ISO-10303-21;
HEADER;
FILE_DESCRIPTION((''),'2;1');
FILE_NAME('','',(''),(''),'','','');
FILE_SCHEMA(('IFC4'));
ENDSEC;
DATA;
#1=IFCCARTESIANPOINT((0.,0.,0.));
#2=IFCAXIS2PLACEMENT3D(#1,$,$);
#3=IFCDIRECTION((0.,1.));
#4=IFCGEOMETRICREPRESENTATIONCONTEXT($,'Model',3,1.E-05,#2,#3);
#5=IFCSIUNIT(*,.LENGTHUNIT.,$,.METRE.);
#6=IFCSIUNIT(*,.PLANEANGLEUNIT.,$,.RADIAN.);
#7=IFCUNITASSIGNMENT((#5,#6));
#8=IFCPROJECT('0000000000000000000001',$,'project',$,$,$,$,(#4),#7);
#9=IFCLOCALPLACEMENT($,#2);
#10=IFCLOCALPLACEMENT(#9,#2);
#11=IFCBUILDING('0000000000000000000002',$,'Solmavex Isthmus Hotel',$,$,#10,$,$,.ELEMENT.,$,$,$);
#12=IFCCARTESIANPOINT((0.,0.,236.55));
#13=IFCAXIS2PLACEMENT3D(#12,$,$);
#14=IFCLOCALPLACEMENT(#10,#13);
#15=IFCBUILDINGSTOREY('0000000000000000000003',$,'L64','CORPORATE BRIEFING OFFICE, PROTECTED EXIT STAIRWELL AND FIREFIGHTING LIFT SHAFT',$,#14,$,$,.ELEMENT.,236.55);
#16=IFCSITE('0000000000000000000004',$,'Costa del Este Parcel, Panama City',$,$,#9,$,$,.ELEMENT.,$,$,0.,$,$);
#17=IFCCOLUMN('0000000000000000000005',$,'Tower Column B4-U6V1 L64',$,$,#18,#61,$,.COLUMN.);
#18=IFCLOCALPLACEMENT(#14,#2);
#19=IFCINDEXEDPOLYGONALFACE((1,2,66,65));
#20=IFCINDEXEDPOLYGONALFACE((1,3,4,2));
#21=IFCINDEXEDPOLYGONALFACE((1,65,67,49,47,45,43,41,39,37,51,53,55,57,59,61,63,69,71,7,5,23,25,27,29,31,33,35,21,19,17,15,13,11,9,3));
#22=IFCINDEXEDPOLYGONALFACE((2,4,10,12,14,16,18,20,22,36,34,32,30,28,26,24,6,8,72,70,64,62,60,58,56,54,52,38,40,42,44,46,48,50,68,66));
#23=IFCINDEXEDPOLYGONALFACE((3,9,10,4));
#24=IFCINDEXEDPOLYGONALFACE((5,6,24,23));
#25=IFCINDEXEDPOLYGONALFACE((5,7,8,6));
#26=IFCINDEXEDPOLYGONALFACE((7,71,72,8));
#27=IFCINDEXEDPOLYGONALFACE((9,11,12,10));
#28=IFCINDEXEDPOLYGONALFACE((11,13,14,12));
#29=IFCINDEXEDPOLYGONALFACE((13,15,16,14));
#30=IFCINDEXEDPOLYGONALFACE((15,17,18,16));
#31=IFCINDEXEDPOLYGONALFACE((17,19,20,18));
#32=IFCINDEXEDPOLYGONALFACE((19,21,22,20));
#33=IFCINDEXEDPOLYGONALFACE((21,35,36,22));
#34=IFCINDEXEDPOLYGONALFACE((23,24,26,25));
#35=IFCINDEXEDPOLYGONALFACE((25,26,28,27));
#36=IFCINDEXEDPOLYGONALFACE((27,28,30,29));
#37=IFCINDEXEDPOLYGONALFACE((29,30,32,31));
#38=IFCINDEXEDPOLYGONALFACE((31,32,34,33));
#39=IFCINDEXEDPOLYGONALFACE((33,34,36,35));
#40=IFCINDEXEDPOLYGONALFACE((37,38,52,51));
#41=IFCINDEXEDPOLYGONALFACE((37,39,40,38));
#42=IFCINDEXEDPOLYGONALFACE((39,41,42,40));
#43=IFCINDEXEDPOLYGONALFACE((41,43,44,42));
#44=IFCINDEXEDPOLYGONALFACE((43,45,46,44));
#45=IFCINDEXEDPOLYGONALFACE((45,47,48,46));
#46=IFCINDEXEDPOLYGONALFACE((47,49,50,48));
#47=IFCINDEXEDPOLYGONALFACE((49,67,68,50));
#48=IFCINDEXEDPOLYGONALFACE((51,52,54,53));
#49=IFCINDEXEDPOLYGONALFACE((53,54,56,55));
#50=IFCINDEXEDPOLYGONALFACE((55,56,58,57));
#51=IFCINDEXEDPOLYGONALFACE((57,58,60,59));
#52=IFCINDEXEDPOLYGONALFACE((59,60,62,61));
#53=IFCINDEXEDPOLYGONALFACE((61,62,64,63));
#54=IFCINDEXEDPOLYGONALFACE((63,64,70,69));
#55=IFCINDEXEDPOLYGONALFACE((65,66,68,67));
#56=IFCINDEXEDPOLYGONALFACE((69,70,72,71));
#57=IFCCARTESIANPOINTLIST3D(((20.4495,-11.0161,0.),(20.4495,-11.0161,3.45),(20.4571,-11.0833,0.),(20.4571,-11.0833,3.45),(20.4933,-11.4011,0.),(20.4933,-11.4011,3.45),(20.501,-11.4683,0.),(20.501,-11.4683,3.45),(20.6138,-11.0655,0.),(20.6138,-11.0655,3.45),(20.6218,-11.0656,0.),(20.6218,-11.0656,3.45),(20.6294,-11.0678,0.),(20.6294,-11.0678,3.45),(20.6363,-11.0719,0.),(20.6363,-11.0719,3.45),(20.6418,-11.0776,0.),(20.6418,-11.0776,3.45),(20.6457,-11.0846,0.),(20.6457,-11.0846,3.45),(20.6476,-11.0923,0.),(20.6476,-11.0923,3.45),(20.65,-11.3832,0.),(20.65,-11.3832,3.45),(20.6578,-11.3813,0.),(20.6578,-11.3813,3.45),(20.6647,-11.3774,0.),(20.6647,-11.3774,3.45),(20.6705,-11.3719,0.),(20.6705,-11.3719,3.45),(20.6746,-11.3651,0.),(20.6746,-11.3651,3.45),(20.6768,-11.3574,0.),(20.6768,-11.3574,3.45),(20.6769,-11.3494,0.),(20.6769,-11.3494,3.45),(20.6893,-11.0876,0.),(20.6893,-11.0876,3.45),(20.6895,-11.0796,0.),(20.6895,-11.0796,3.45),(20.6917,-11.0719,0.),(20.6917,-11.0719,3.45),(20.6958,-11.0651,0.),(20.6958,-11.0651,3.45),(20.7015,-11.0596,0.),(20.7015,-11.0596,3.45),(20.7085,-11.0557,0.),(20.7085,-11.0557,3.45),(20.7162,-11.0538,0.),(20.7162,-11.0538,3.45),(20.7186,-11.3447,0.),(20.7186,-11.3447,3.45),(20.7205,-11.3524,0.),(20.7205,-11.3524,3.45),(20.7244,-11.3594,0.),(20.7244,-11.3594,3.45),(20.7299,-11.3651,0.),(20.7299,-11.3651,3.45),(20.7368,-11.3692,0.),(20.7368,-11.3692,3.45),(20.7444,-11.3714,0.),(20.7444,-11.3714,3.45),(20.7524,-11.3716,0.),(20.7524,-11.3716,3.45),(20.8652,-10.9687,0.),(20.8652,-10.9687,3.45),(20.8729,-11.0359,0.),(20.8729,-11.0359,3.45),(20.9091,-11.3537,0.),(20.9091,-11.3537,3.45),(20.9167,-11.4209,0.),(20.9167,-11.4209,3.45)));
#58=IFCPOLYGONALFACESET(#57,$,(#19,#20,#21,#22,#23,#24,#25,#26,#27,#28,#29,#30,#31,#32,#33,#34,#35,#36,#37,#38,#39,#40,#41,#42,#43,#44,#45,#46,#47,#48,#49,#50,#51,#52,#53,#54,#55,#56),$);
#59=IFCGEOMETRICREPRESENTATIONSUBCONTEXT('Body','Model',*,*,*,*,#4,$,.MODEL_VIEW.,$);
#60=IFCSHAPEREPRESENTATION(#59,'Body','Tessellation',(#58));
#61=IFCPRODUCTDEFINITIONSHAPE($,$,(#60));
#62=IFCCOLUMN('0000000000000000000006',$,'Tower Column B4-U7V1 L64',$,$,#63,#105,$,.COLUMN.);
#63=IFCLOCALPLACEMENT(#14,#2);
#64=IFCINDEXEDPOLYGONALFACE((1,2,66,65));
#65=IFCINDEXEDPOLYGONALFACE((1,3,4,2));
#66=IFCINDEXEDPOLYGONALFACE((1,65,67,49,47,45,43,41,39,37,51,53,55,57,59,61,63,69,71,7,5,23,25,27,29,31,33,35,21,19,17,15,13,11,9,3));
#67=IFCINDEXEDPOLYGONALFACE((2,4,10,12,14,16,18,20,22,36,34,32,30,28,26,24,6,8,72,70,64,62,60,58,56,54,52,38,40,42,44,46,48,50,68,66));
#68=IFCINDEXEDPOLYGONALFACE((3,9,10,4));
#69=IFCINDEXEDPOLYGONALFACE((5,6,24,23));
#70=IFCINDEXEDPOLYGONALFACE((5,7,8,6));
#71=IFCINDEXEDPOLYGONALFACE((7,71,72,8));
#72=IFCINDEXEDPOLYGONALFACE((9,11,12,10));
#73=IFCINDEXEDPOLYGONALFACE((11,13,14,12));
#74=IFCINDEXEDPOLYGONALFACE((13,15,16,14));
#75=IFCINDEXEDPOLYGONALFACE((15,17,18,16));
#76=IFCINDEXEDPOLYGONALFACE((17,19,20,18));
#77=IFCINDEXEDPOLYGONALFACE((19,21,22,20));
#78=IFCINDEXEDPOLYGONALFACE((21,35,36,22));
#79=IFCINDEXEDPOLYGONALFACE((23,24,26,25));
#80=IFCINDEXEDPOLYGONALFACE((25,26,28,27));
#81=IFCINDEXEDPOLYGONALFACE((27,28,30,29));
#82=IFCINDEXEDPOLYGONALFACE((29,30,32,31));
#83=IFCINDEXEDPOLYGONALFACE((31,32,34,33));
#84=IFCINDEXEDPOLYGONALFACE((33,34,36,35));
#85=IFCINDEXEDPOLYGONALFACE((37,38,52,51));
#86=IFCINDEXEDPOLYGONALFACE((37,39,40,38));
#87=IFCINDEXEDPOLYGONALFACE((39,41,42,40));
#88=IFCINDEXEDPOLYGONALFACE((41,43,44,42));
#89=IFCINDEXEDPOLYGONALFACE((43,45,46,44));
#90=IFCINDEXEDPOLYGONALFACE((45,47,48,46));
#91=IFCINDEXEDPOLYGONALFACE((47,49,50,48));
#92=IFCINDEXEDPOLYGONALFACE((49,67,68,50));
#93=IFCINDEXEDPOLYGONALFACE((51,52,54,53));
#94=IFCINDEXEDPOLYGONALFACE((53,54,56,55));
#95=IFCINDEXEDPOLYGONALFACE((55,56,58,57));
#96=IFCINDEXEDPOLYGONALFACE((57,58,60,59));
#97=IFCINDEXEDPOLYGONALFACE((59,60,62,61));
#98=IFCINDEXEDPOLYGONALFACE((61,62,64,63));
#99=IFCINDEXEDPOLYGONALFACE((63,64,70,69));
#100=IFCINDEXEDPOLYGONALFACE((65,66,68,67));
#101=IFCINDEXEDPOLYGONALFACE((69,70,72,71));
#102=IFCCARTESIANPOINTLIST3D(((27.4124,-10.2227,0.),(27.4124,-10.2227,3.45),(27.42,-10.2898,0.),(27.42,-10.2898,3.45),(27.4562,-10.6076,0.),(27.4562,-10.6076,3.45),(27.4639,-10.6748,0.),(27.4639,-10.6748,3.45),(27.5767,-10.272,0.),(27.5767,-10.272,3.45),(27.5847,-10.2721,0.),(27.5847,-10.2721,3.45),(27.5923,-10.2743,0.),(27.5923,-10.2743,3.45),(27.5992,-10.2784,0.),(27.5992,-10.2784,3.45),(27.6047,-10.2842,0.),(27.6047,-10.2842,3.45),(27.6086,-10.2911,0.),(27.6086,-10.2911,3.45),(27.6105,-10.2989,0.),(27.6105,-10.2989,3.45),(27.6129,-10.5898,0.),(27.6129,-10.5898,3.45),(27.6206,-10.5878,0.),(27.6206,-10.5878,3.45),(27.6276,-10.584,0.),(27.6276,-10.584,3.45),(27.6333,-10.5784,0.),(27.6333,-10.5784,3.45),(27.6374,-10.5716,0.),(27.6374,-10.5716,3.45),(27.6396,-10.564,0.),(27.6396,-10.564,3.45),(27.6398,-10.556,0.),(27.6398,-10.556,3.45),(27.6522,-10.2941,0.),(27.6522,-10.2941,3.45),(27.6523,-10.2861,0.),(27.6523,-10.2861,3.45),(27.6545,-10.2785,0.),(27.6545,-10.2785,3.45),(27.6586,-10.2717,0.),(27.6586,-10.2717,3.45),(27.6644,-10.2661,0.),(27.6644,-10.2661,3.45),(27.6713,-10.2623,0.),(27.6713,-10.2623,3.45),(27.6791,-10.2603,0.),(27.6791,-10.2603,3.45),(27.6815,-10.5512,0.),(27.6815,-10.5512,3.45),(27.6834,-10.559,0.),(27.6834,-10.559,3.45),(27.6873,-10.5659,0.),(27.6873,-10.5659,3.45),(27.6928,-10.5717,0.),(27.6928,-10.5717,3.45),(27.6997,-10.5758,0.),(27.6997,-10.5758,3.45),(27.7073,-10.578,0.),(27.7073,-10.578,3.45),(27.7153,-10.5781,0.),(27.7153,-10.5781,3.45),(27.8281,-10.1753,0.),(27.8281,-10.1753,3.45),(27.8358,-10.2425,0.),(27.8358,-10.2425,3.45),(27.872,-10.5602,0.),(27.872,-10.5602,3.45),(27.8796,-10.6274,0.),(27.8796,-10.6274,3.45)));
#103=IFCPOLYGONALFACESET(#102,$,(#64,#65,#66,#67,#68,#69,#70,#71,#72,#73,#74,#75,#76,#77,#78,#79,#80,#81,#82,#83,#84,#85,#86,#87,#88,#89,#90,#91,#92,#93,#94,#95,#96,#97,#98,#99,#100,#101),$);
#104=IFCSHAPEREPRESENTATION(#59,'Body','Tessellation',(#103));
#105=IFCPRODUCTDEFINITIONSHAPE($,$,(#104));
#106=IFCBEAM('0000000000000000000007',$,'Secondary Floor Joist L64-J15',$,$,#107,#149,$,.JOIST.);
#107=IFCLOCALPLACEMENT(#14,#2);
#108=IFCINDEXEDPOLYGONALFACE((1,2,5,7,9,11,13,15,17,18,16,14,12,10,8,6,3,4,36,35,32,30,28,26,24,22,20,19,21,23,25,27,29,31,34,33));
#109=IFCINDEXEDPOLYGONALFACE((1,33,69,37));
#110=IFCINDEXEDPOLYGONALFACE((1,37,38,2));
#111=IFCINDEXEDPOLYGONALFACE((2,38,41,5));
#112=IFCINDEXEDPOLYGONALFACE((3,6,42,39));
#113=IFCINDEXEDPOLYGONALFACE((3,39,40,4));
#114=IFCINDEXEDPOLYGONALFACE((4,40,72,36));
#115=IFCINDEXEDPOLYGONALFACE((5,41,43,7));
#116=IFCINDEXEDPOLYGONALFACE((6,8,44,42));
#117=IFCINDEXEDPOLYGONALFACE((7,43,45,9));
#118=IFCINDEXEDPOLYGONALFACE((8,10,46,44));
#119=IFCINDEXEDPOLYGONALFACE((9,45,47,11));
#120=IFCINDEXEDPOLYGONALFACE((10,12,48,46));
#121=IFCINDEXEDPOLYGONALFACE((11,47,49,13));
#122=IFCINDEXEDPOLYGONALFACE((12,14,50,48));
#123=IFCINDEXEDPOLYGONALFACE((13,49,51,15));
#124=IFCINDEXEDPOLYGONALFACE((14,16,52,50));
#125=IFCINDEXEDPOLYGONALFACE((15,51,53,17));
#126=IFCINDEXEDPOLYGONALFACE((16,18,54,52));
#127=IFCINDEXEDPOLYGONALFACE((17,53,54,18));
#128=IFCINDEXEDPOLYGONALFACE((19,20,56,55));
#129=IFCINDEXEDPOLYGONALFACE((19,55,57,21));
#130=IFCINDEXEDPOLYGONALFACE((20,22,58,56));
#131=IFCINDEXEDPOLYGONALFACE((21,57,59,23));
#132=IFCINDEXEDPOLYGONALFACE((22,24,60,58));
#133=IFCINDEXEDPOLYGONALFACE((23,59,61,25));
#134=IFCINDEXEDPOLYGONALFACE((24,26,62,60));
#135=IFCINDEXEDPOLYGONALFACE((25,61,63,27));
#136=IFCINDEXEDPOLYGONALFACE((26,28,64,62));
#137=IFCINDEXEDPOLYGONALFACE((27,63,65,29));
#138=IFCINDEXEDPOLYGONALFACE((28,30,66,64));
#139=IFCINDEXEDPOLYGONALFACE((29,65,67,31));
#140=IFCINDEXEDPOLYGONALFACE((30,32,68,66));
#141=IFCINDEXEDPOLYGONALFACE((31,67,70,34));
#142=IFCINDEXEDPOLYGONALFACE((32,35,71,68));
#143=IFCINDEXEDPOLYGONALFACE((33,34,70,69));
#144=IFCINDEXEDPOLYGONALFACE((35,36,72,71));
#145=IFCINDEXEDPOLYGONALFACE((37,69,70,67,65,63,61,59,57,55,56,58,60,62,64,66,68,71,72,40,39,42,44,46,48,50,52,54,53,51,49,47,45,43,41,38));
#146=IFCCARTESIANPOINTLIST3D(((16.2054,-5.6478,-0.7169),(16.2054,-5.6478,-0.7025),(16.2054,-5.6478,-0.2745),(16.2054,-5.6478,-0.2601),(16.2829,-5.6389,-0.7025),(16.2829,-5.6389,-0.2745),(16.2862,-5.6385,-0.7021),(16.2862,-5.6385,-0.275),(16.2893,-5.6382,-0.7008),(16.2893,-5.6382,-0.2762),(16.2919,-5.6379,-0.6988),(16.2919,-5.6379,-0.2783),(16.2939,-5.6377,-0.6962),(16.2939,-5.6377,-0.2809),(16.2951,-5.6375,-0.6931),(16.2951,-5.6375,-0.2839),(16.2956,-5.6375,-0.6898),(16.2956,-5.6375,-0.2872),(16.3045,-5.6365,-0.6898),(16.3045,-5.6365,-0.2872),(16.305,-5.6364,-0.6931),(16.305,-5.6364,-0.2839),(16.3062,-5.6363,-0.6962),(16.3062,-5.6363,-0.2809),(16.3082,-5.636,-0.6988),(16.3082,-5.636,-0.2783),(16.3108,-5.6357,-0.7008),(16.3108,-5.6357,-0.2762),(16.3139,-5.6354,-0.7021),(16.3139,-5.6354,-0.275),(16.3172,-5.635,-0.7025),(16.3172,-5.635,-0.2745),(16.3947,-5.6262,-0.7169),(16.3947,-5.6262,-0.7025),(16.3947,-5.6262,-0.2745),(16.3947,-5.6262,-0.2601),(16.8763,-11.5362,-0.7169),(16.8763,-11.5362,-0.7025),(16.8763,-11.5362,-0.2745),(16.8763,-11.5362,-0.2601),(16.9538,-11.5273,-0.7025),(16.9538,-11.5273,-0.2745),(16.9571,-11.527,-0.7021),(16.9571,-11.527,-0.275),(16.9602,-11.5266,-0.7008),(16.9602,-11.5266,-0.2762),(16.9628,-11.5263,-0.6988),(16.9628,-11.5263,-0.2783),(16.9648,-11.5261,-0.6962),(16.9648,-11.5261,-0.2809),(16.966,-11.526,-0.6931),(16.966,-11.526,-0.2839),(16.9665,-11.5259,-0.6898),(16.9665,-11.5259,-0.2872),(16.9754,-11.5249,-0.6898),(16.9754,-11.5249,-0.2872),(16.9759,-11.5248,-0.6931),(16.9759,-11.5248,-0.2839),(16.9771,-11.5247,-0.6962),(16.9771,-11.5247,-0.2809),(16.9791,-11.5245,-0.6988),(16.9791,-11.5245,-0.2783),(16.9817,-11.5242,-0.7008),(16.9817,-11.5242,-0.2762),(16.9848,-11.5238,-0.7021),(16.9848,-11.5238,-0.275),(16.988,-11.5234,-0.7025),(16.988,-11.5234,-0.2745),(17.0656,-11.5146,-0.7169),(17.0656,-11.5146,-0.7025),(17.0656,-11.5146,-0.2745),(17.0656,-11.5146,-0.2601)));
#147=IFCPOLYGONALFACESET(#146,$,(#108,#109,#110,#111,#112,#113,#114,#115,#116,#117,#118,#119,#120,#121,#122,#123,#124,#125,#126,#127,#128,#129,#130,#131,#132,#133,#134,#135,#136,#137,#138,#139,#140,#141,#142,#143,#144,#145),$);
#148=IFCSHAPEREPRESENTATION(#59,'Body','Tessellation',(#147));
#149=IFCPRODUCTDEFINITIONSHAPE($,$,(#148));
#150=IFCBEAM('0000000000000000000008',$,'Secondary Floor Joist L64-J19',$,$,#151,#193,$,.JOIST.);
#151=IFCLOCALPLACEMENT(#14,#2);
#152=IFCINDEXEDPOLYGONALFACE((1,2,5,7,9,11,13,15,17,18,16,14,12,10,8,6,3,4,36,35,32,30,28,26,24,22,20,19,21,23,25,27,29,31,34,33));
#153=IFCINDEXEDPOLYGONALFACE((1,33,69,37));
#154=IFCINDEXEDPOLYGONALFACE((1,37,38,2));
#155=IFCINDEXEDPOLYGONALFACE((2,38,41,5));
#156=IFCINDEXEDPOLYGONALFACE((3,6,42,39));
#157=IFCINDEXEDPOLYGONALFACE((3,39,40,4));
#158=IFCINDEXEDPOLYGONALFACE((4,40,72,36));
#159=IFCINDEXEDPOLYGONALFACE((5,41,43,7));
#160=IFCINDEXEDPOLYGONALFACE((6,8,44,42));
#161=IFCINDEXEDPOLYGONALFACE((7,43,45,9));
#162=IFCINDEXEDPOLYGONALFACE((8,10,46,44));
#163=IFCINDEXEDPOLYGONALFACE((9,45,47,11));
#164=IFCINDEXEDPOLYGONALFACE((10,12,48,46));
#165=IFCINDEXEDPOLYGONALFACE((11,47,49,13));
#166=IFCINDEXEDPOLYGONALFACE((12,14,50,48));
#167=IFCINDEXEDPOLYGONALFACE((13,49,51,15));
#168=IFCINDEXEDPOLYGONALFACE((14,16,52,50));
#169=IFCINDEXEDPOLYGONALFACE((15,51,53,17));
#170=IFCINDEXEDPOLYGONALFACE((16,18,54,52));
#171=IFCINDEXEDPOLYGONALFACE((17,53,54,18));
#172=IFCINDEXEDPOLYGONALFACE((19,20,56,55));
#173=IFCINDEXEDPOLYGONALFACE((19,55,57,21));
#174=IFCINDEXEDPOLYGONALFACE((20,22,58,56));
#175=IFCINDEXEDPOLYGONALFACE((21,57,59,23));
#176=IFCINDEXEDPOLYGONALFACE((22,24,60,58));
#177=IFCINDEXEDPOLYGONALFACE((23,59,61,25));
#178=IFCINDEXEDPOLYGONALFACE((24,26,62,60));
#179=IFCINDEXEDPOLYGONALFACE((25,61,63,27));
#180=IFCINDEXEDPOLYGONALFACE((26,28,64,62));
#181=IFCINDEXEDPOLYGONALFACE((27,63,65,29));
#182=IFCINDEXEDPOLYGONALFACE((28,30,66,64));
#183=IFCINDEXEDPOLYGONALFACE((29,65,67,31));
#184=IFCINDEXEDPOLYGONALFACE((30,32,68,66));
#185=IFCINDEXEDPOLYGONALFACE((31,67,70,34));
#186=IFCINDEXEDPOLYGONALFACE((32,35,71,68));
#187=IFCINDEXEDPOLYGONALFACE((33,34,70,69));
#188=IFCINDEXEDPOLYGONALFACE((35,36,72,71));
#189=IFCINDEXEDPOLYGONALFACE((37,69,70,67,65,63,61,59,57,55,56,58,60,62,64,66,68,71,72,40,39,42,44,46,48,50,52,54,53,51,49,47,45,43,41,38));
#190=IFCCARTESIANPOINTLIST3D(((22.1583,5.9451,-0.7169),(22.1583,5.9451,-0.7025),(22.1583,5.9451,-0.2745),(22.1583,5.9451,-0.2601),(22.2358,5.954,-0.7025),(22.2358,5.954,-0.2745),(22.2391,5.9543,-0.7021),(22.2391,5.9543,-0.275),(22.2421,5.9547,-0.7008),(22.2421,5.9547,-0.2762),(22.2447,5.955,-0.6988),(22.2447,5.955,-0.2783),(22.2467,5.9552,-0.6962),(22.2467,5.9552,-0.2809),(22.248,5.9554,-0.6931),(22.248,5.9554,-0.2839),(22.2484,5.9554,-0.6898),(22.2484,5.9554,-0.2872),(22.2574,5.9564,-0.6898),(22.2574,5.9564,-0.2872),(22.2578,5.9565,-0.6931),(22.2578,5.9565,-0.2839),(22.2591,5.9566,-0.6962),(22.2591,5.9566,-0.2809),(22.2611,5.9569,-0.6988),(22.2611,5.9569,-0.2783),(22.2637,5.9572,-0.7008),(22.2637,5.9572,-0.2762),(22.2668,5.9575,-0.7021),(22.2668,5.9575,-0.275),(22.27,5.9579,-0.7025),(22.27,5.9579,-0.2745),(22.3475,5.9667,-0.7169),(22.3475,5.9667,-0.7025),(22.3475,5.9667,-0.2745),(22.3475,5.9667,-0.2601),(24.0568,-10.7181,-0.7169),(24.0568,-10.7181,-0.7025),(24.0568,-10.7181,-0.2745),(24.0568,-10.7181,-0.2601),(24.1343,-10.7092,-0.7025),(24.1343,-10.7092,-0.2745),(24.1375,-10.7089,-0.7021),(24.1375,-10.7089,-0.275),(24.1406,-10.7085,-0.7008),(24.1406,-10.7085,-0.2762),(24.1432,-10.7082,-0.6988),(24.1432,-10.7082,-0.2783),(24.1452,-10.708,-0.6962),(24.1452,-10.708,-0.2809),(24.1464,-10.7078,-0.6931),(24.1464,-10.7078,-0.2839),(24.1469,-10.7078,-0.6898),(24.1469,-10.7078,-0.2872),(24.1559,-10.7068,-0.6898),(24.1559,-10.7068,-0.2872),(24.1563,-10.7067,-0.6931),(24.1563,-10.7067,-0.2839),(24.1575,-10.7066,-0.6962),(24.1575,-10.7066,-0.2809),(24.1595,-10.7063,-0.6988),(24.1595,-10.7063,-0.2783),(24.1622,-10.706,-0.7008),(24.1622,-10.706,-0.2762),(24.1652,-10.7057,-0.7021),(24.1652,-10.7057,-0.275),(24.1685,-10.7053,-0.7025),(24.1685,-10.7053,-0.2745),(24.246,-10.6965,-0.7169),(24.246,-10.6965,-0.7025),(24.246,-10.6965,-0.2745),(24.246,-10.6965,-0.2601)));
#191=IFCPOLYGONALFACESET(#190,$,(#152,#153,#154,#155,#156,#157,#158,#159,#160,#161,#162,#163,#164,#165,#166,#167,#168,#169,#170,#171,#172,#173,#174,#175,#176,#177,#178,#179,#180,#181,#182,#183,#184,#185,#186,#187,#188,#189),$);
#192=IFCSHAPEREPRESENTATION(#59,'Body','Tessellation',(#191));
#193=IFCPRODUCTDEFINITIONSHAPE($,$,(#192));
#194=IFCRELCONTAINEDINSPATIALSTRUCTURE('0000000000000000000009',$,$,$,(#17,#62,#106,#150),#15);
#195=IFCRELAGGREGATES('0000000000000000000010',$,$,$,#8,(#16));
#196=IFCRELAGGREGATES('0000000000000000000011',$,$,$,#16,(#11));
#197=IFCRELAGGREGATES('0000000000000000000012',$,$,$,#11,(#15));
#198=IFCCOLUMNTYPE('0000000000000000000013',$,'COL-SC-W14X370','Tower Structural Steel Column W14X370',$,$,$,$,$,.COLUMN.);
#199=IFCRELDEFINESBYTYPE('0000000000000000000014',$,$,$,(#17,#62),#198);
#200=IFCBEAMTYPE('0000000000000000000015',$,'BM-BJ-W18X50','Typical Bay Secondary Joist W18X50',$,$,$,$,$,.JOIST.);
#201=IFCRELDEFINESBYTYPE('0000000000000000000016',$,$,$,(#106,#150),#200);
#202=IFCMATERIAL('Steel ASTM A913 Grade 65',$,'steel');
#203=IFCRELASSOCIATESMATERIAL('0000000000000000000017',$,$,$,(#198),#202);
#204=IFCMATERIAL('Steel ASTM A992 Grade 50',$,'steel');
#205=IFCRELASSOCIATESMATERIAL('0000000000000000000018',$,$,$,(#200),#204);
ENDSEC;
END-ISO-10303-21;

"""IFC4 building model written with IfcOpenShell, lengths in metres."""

from ifc_helpers import new_model, si_unit, direction, frame, origin, origin_2d, place, context, subcontext, project, spatial, i_section, extrude, material, material_profile, profile_set, type_object, element, save


model = new_model("IFC4")

# Units and contexts
model_context = context("Model", 3, precision=1e-05, world=origin(), true_north=direction((0.0, 1.0)))
body_context = subcontext(model_context, "Body", "Model", "MODEL_VIEW")
ifc_project = project(units=[si_unit("LENGTHUNIT", "METRE"), si_unit("PLANEANGLEUNIT", "RADIAN")], contexts=[model_context])

# Site, building, storey
site_placement = place(None, origin())
site = spatial("IfcSite", under=ifc_project, at=site_placement, Name="Costa del Este Parcel, Panama City", CompositionType="ELEMENT", RefElevation=0.0)
building_placement = place(site_placement, origin())
building = spatial("IfcBuilding", under=site, at=building_placement, Name="Solmavex Isthmus Hotel", CompositionType="ELEMENT")
storey_placement = place(building_placement, frame((0.0, 0.0, 236.55)))
storey = spatial("IfcBuildingStorey", under=building, at=storey_placement, Name="L64", Description="CORPORATE BRIEFING OFFICE, PROTECTED EXIT STAIRWELL AND FIREFIGHTING LIFT SHAFT", CompositionType="ELEMENT", Elevation=236.55)

# Columns
ifc_material_1 = material(Name="Steel ASTM A913 Grade 65", Category="steel")
ifc_material_profile_1 = material_profile(ifc_material_1, i_section(OverallWidth=0.4185, OverallDepth=0.4551, WebThickness=0.042, FlangeThickness=0.0676, FilletRadius=0.0305, at=origin_2d()), Name="W14X370")
ifc_profile_set_1 = profile_set([ifc_material_profile_1], Name="Steel ASTM A913 Grade 65")
column_type = type_object("IfcColumnType", Name="COL-SC-W14X370", Description="Tower Structural Steel Column W14X370", PredefinedType="COLUMN", material=ifc_profile_set_1)
for number, where, z_axis, x_axis, name in (
    (1, (20.6831, -11.2185, 0.0), (0.0, 0.0, 1.0), (0.993572, 0.113203, 0.0), "Tower Column B4-U6V1 L64"),
    (2, (27.646, -10.425, 0.0), (0.0, 0.0, 1.0), (0.993572, 0.113203, 0.0), "Tower Column B4-U7V1 L64"),
):
    element("IfcColumn", number, at=place(storey_placement, frame(where, z_axis=z_axis, x_axis=x_axis)), inside=storey, type_object=column_type, Name=name, PredefinedType="COLUMN", context=body_context, shape_type="SweptSolid", body=[
        extrude(i_section(OverallWidth=0.4185, OverallDepth=0.4551, WebThickness=0.042, FlangeThickness=0.0676, FilletRadius=0.0305, at=origin_2d()), origin(), (0.0, 0.0, 1.0), 3.45),
    ])

# Beams
ifc_material_2 = material(Name="Steel ASTM A992 Grade 50", Category="steel")
ifc_material_profile_2 = material_profile(ifc_material_2, i_section(OverallWidth=0.1904, OverallDepth=0.4568, WebThickness=0.009, FlangeThickness=0.0144, FilletRadius=0.0127, at=origin_2d()), Name="W18X50")
ifc_profile_set_2 = profile_set([ifc_material_profile_2], Name="Steel ASTM A992 Grade 50")
beam_type_1 = type_object("IfcBeamType", Name="BM-BJ-W18X50", Description="Typical Bay Secondary Joist W18X50", PredefinedType="JOIST", material=ifc_profile_set_2)
beam_1_placement = place(storey_placement, frame((16.9709, -11.5254, -0.4885), z_axis=(-0.113203, 0.993572, 0.0), x_axis=(-0.993572, -0.113203, 0.0)))
element("IfcBeam", 3, at=beam_1_placement, inside=storey, type_object=beam_type_1, Name="Secondary Floor Joist L64-J15", PredefinedType="JOIST", context=body_context, shape_type="SweptSolid", body=[
    extrude(i_section(OverallWidth=0.1904, OverallDepth=0.4568, WebThickness=0.009, FlangeThickness=0.0144, FilletRadius=0.0127, at=origin_2d()), origin(), (0.0, 0.0, 1.0), 5.9265),
])
beam_2_placement = place(storey_placement, frame((24.1514, -10.7073, -0.4885), z_axis=(-0.113198, 0.993572, 0.0), x_axis=(-0.993572, -0.113198, 0.0)))
element("IfcBeam", 4, at=beam_2_placement, inside=storey, type_object=beam_type_1, Name="Secondary Floor Joist L64-J19", PredefinedType="JOIST", context=body_context, shape_type="SweptSolid", body=[
    extrude(i_section(OverallWidth=0.1904, OverallDepth=0.4568, WebThickness=0.009, FlangeThickness=0.0144, FilletRadius=0.0127, at=origin_2d()), origin(), (0.0, 0.0, 1.0), 16.771),
])

save(model, "model.ifc")
